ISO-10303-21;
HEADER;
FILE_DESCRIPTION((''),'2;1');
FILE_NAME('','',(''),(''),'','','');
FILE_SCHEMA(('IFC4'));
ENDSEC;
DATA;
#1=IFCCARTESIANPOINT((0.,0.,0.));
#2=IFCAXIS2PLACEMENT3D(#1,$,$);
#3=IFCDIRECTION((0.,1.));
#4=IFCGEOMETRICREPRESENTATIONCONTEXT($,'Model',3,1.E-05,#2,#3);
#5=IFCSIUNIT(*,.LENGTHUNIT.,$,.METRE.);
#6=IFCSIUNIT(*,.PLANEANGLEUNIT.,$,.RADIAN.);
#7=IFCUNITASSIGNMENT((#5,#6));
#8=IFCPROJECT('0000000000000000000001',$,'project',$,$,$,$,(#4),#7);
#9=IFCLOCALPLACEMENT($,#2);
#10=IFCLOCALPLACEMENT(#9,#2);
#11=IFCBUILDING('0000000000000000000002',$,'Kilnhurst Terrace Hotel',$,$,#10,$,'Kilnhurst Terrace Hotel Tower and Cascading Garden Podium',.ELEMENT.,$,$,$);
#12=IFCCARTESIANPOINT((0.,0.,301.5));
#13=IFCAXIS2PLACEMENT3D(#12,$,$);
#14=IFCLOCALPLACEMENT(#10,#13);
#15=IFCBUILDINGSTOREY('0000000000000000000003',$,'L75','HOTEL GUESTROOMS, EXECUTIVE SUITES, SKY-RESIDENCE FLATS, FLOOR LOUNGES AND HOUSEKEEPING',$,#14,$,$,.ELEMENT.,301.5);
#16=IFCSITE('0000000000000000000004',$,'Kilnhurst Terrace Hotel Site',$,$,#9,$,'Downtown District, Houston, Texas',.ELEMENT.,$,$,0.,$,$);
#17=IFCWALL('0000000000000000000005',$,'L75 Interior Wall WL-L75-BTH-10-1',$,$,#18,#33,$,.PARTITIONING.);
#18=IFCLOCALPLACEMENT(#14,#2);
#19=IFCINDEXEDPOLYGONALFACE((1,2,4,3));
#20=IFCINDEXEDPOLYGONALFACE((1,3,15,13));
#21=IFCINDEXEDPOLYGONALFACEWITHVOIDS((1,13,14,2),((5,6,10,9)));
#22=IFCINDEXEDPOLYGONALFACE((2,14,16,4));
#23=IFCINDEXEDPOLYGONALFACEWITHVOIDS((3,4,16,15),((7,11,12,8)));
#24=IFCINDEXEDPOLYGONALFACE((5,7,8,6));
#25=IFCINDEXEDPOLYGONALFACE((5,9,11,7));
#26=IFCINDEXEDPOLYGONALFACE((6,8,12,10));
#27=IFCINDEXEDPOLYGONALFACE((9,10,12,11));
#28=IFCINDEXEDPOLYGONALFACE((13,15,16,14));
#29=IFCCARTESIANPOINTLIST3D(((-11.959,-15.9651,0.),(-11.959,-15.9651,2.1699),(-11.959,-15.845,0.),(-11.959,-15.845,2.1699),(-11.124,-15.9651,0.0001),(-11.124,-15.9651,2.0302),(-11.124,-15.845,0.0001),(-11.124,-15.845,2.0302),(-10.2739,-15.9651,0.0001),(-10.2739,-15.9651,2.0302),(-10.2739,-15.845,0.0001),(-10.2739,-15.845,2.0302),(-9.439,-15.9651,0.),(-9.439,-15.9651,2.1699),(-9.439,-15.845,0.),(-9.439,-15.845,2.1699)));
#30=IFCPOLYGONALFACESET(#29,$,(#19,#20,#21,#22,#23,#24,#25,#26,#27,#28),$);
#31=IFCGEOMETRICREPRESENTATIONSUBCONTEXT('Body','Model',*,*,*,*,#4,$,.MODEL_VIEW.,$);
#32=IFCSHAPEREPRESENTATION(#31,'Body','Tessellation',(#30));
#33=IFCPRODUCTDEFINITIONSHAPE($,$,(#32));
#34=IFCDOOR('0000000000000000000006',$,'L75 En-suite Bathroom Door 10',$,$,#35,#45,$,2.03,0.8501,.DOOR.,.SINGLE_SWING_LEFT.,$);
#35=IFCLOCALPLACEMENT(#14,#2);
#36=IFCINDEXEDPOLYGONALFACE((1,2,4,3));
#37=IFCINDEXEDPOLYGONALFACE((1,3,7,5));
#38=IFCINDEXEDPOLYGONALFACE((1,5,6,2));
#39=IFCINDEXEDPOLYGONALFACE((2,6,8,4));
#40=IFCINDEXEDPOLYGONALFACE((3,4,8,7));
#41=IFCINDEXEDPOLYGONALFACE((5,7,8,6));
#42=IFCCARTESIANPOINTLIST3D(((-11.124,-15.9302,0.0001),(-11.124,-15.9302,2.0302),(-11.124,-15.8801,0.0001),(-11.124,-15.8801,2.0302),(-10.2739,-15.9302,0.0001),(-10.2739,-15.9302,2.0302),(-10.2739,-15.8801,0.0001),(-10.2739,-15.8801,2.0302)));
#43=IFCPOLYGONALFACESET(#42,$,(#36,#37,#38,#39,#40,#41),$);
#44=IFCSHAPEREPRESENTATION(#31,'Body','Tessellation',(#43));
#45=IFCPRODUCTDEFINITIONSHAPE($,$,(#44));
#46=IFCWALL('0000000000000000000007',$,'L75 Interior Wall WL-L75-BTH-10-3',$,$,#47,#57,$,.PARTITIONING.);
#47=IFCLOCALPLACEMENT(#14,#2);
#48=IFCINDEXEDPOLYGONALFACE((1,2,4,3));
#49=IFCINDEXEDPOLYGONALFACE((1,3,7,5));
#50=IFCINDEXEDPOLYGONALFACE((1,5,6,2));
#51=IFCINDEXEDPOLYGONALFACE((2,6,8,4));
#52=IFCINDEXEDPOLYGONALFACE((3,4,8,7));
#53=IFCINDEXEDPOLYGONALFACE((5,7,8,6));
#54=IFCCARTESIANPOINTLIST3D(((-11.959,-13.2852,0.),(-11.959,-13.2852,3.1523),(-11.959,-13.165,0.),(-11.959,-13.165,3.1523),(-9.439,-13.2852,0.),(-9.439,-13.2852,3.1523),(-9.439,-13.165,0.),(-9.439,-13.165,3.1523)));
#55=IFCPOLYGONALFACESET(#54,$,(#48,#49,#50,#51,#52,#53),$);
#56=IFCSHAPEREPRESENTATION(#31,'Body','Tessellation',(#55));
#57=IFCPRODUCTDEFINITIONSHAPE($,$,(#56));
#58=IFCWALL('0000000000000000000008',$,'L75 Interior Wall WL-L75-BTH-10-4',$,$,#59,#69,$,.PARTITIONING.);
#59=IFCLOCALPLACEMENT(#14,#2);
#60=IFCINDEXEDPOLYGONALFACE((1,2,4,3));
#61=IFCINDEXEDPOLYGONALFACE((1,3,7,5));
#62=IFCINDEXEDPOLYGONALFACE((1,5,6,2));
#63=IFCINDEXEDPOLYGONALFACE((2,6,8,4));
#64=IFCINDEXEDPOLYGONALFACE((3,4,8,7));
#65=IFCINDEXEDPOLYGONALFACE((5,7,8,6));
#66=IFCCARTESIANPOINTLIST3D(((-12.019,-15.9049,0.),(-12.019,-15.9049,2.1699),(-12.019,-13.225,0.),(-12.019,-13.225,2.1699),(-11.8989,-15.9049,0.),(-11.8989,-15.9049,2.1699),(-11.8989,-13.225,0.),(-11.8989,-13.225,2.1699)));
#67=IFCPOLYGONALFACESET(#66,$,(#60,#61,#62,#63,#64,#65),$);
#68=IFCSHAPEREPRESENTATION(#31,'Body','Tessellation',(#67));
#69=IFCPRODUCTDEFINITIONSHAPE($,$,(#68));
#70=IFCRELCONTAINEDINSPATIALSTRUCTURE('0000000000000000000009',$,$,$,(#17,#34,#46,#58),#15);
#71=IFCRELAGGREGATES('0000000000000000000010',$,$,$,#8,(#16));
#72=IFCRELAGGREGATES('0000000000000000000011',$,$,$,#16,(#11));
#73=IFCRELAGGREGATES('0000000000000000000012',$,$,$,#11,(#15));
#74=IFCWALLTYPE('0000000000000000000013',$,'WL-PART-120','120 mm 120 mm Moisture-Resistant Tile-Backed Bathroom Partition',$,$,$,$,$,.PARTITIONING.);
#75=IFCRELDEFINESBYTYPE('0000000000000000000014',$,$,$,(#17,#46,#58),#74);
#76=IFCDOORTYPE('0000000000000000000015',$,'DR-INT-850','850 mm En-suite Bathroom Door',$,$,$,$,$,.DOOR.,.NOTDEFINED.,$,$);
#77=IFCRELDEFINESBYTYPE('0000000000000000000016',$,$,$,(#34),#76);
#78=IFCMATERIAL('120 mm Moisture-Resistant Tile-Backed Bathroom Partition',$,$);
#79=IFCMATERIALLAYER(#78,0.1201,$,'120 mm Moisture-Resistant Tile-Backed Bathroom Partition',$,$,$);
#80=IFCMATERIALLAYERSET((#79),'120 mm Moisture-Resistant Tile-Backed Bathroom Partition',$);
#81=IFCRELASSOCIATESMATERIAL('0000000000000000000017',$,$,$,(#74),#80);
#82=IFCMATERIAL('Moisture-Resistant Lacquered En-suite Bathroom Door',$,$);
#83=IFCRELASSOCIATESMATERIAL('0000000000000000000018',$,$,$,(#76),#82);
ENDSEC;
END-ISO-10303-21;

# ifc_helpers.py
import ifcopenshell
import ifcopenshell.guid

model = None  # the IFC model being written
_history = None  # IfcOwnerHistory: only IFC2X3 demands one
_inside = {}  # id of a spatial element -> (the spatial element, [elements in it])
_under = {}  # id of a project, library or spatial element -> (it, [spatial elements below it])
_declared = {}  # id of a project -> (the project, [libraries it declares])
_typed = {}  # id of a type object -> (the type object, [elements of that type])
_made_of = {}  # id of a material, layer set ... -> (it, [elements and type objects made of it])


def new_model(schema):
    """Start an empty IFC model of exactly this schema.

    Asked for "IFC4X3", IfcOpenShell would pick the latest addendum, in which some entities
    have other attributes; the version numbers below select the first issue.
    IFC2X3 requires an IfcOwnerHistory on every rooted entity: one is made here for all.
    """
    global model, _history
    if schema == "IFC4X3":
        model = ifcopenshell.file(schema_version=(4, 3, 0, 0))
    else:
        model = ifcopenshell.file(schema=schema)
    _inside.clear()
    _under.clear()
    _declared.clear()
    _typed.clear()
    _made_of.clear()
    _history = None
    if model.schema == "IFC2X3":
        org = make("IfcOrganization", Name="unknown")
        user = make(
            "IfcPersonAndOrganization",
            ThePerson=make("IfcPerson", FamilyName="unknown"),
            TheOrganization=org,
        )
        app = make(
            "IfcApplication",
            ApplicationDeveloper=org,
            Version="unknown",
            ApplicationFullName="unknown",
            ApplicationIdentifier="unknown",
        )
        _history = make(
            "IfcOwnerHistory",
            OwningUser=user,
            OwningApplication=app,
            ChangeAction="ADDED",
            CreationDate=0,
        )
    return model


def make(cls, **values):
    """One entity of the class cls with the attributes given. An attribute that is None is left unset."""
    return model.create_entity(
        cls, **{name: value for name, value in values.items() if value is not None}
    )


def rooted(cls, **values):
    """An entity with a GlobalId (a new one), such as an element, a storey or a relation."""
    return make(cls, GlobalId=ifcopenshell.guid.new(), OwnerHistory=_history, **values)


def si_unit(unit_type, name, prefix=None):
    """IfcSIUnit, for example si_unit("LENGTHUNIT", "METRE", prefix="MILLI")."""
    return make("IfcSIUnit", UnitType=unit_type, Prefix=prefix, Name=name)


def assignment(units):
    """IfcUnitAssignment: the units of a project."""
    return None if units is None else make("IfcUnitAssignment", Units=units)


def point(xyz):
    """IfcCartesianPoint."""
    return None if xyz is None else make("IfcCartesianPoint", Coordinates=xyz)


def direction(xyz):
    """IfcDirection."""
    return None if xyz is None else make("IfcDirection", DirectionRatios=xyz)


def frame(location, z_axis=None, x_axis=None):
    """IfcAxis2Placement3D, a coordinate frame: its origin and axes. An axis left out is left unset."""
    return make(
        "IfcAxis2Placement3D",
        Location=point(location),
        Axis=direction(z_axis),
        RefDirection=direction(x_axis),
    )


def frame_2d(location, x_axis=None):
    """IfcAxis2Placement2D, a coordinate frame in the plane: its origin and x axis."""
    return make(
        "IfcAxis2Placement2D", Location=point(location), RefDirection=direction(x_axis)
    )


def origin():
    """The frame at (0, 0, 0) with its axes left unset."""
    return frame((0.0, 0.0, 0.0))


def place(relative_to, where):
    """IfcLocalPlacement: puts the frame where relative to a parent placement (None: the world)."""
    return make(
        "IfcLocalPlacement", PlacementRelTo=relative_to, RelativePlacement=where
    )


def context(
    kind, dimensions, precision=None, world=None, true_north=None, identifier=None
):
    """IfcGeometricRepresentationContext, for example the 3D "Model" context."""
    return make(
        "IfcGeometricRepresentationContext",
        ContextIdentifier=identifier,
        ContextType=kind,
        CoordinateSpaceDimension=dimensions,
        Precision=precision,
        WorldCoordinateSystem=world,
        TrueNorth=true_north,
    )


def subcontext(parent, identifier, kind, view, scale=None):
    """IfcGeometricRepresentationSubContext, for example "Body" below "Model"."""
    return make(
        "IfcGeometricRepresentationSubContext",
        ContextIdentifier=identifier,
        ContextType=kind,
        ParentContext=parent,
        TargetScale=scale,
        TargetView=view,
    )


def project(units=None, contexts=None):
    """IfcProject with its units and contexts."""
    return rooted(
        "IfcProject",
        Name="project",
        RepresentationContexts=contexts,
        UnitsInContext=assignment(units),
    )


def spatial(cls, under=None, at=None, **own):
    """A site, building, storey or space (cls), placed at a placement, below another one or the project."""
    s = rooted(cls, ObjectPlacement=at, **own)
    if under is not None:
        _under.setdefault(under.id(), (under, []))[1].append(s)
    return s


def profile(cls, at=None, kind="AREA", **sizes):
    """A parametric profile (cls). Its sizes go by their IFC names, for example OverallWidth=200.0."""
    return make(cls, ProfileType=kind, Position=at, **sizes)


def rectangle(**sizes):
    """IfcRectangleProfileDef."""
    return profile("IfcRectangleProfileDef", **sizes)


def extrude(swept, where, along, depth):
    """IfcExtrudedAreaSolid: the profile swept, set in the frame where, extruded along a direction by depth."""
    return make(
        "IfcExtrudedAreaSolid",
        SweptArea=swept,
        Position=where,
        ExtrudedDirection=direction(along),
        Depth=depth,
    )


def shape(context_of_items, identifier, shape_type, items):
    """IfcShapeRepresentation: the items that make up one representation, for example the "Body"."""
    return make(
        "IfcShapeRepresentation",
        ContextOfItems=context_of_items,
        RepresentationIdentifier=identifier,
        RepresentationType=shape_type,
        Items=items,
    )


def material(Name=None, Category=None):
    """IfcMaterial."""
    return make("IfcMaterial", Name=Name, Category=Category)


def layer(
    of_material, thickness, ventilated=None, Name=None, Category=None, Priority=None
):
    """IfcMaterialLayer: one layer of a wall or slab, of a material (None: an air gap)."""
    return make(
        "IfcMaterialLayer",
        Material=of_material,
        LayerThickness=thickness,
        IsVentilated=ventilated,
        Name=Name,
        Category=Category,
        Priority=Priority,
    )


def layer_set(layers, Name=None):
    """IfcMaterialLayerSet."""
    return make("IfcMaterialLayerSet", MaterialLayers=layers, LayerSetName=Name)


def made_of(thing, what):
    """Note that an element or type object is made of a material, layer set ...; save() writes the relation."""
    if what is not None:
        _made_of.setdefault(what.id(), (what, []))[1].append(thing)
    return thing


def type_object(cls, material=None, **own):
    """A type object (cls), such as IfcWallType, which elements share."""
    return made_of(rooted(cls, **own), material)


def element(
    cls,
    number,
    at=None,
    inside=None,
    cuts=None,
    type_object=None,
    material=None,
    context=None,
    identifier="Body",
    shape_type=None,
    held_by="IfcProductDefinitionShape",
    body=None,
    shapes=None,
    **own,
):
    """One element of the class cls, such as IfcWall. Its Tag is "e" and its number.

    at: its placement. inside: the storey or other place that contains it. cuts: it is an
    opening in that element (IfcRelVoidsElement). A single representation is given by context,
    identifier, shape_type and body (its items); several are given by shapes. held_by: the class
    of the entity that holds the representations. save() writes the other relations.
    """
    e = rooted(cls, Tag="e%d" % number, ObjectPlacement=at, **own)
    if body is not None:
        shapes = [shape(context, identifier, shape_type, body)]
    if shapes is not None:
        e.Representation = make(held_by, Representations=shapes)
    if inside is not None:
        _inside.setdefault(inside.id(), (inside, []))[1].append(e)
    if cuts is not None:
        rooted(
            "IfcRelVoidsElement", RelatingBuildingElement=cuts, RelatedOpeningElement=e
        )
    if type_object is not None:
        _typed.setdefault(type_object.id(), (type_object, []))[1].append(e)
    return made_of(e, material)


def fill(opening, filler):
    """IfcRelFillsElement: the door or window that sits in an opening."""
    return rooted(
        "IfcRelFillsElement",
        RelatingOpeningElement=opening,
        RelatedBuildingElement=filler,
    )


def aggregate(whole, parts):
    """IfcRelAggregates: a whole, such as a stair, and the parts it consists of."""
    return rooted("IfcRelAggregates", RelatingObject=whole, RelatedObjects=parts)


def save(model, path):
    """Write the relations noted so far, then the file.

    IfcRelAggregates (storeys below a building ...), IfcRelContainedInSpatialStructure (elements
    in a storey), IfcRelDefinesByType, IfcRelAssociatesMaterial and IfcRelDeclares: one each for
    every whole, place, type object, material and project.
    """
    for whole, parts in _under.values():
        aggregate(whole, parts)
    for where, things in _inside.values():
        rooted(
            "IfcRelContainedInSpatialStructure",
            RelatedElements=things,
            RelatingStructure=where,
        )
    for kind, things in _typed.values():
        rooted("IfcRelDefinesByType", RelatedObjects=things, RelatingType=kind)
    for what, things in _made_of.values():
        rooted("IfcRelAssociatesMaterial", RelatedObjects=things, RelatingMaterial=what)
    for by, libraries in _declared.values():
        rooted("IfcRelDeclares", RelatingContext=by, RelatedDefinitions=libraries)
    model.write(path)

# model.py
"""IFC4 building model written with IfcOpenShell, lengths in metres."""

from ifc_helpers import new_model, si_unit, direction, frame, frame_2d, origin, place, context, subcontext, project, spatial, rectangle, extrude, material, layer, layer_set, type_object, element, fill, save


model = new_model("IFC4")

# Units and contexts
model_context = context("Model", 3, precision=1e-05, world=origin(), true_north=direction((0.0, 1.0)))
body_context = subcontext(model_context, "Body", "Model", "MODEL_VIEW")
ifc_project = project(units=[si_unit("LENGTHUNIT", "METRE"), si_unit("PLANEANGLEUNIT", "RADIAN")], contexts=[model_context])

# Site, building, storey
site_placement = place(None, origin())
site = spatial("IfcSite", under=ifc_project, at=site_placement, Name="Kilnhurst Terrace Hotel Site", LongName="Downtown District, Houston, Texas", CompositionType="ELEMENT", RefElevation=0.0)
building_placement = place(site_placement, origin())
building = spatial("IfcBuilding", under=site, at=building_placement, Name="Kilnhurst Terrace Hotel", LongName="Kilnhurst Terrace Hotel Tower and Cascading Garden Podium", CompositionType="ELEMENT")
storey_placement = place(building_placement, frame((0.0, 0.0, 301.5)))
storey = spatial("IfcBuildingStorey", under=building, at=storey_placement, Name="L75", Description="HOTEL GUESTROOMS, EXECUTIVE SUITES, SKY-RESIDENCE FLATS, FLOOR LOUNGES AND HOUSEKEEPING", CompositionType="ELEMENT", Elevation=301.5)

# Shared definitions
ifc_material_1 = material(Name="120 mm Moisture-Resistant Tile-Backed Bathroom Partition")
ifc_layer_1 = layer(ifc_material_1, 0.1201, Name="120 mm Moisture-Resistant Tile-Backed Bathroom Partition")
ifc_layer_set_1 = layer_set([ifc_layer_1], Name="120 mm Moisture-Resistant Tile-Backed Bathroom Partition")
wall_type_1 = type_object("IfcWallType", Name="WL-PART-120", Description="120 mm 120 mm Moisture-Resistant Tile-Backed Bathroom Partition", PredefinedType="PARTITIONING", material=ifc_layer_set_1)
ifc_material_2 = material(Name="Moisture-Resistant Lacquered En-suite Bathroom Door")
door_type_1 = type_object("IfcDoorType", Name="DR-INT-850", Description="850 mm En-suite Bathroom Door", OperationType="NOTDEFINED", PredefinedType="DOOR", material=ifc_material_2)

# Wall, opening, door
wall_1_placement = place(storey_placement, frame((-11.959, -15.905, 0.0), z_axis=(0.0, 0.0, 1.0), x_axis=(1.0, 0.0, 0.0)))
wall_1 = element("IfcWall", 1, at=wall_1_placement, inside=storey, type_object=wall_type_1, Name="L75 Interior Wall WL-L75-BTH-10-1", PredefinedType="PARTITIONING", context=body_context, shape_type="SweptSolid", body=[
    extrude(rectangle(XDim=2.52, YDim=0.1201, at=frame_2d((1.26, 0.0))), origin(), (0.0, 0.0, 1.0), 2.1699),
])
opening_1_placement = place(wall_1_placement, frame((0.835, 0.0, 0.0)))
opening_1 = element("IfcOpeningElement", 2, at=opening_1_placement, cuts=wall_1, PredefinedType="OPENING", context=body_context, shape_type="SweptSolid", body=[
    extrude(rectangle(XDim=0.8501, YDim=2.03, at=frame_2d((0.425, 1.0151))), frame((0.0, 0.0701, 0.0), z_axis=(0.0, -1.0, 0.0), x_axis=(1.0, 0.0, 0.0)), (0.0, 0.0, 1.0), 0.1401),
])
door_1_placement = place(opening_1_placement, origin())
door_1 = element("IfcDoor", 3, at=door_1_placement, inside=storey, type_object=door_type_1, Name="L75 En-suite Bathroom Door 10", OperationType="SINGLE_SWING_LEFT", OverallHeight=2.03, OverallWidth=0.8501, PredefinedType="DOOR", context=body_context, shape_type="SweptSolid", body=[
    extrude(rectangle(XDim=0.8501, YDim=2.03, at=frame_2d((0.425, 1.0151))), frame((0.0, 0.0249, 0.0), z_axis=(0.0, -1.0, 0.0), x_axis=(1.0, 0.0, 0.0)), (0.0, 0.0, 1.0), 0.05),
])
fill(opening_1, door_1)

# Walls
wall_2_placement = place(storey_placement, frame((-9.439, -13.2251, 0.0), z_axis=(0.0, 0.0, 1.0), x_axis=(-1.0, 0.0, 0.0)))
element("IfcWall", 4, at=wall_2_placement, inside=storey, type_object=wall_type_1, Name="L75 Interior Wall WL-L75-BTH-10-3", PredefinedType="PARTITIONING", context=body_context, shape_type="SweptSolid", body=[
    extrude(rectangle(XDim=2.52, YDim=0.1201, at=frame_2d((1.26, 0.0))), origin(), (0.0, 0.0, 1.0), 3.1523),
])
wall_3_placement = place(storey_placement, frame((-11.959, -13.2251, 0.0), z_axis=(0.0, 0.0, 1.0), x_axis=(0.0, -1.0, 0.0)))
element("IfcWall", 5, at=wall_3_placement, inside=storey, type_object=wall_type_1, Name="L75 Interior Wall WL-L75-BTH-10-4", PredefinedType="PARTITIONING", context=body_context, shape_type="SweptSolid", body=[
    extrude(rectangle(XDim=2.6799, YDim=0.1201, at=frame_2d((1.3398, 0.0))), origin(), (0.0, 0.0, 1.0), 2.1699),
])

save(model, "model.ifc")
